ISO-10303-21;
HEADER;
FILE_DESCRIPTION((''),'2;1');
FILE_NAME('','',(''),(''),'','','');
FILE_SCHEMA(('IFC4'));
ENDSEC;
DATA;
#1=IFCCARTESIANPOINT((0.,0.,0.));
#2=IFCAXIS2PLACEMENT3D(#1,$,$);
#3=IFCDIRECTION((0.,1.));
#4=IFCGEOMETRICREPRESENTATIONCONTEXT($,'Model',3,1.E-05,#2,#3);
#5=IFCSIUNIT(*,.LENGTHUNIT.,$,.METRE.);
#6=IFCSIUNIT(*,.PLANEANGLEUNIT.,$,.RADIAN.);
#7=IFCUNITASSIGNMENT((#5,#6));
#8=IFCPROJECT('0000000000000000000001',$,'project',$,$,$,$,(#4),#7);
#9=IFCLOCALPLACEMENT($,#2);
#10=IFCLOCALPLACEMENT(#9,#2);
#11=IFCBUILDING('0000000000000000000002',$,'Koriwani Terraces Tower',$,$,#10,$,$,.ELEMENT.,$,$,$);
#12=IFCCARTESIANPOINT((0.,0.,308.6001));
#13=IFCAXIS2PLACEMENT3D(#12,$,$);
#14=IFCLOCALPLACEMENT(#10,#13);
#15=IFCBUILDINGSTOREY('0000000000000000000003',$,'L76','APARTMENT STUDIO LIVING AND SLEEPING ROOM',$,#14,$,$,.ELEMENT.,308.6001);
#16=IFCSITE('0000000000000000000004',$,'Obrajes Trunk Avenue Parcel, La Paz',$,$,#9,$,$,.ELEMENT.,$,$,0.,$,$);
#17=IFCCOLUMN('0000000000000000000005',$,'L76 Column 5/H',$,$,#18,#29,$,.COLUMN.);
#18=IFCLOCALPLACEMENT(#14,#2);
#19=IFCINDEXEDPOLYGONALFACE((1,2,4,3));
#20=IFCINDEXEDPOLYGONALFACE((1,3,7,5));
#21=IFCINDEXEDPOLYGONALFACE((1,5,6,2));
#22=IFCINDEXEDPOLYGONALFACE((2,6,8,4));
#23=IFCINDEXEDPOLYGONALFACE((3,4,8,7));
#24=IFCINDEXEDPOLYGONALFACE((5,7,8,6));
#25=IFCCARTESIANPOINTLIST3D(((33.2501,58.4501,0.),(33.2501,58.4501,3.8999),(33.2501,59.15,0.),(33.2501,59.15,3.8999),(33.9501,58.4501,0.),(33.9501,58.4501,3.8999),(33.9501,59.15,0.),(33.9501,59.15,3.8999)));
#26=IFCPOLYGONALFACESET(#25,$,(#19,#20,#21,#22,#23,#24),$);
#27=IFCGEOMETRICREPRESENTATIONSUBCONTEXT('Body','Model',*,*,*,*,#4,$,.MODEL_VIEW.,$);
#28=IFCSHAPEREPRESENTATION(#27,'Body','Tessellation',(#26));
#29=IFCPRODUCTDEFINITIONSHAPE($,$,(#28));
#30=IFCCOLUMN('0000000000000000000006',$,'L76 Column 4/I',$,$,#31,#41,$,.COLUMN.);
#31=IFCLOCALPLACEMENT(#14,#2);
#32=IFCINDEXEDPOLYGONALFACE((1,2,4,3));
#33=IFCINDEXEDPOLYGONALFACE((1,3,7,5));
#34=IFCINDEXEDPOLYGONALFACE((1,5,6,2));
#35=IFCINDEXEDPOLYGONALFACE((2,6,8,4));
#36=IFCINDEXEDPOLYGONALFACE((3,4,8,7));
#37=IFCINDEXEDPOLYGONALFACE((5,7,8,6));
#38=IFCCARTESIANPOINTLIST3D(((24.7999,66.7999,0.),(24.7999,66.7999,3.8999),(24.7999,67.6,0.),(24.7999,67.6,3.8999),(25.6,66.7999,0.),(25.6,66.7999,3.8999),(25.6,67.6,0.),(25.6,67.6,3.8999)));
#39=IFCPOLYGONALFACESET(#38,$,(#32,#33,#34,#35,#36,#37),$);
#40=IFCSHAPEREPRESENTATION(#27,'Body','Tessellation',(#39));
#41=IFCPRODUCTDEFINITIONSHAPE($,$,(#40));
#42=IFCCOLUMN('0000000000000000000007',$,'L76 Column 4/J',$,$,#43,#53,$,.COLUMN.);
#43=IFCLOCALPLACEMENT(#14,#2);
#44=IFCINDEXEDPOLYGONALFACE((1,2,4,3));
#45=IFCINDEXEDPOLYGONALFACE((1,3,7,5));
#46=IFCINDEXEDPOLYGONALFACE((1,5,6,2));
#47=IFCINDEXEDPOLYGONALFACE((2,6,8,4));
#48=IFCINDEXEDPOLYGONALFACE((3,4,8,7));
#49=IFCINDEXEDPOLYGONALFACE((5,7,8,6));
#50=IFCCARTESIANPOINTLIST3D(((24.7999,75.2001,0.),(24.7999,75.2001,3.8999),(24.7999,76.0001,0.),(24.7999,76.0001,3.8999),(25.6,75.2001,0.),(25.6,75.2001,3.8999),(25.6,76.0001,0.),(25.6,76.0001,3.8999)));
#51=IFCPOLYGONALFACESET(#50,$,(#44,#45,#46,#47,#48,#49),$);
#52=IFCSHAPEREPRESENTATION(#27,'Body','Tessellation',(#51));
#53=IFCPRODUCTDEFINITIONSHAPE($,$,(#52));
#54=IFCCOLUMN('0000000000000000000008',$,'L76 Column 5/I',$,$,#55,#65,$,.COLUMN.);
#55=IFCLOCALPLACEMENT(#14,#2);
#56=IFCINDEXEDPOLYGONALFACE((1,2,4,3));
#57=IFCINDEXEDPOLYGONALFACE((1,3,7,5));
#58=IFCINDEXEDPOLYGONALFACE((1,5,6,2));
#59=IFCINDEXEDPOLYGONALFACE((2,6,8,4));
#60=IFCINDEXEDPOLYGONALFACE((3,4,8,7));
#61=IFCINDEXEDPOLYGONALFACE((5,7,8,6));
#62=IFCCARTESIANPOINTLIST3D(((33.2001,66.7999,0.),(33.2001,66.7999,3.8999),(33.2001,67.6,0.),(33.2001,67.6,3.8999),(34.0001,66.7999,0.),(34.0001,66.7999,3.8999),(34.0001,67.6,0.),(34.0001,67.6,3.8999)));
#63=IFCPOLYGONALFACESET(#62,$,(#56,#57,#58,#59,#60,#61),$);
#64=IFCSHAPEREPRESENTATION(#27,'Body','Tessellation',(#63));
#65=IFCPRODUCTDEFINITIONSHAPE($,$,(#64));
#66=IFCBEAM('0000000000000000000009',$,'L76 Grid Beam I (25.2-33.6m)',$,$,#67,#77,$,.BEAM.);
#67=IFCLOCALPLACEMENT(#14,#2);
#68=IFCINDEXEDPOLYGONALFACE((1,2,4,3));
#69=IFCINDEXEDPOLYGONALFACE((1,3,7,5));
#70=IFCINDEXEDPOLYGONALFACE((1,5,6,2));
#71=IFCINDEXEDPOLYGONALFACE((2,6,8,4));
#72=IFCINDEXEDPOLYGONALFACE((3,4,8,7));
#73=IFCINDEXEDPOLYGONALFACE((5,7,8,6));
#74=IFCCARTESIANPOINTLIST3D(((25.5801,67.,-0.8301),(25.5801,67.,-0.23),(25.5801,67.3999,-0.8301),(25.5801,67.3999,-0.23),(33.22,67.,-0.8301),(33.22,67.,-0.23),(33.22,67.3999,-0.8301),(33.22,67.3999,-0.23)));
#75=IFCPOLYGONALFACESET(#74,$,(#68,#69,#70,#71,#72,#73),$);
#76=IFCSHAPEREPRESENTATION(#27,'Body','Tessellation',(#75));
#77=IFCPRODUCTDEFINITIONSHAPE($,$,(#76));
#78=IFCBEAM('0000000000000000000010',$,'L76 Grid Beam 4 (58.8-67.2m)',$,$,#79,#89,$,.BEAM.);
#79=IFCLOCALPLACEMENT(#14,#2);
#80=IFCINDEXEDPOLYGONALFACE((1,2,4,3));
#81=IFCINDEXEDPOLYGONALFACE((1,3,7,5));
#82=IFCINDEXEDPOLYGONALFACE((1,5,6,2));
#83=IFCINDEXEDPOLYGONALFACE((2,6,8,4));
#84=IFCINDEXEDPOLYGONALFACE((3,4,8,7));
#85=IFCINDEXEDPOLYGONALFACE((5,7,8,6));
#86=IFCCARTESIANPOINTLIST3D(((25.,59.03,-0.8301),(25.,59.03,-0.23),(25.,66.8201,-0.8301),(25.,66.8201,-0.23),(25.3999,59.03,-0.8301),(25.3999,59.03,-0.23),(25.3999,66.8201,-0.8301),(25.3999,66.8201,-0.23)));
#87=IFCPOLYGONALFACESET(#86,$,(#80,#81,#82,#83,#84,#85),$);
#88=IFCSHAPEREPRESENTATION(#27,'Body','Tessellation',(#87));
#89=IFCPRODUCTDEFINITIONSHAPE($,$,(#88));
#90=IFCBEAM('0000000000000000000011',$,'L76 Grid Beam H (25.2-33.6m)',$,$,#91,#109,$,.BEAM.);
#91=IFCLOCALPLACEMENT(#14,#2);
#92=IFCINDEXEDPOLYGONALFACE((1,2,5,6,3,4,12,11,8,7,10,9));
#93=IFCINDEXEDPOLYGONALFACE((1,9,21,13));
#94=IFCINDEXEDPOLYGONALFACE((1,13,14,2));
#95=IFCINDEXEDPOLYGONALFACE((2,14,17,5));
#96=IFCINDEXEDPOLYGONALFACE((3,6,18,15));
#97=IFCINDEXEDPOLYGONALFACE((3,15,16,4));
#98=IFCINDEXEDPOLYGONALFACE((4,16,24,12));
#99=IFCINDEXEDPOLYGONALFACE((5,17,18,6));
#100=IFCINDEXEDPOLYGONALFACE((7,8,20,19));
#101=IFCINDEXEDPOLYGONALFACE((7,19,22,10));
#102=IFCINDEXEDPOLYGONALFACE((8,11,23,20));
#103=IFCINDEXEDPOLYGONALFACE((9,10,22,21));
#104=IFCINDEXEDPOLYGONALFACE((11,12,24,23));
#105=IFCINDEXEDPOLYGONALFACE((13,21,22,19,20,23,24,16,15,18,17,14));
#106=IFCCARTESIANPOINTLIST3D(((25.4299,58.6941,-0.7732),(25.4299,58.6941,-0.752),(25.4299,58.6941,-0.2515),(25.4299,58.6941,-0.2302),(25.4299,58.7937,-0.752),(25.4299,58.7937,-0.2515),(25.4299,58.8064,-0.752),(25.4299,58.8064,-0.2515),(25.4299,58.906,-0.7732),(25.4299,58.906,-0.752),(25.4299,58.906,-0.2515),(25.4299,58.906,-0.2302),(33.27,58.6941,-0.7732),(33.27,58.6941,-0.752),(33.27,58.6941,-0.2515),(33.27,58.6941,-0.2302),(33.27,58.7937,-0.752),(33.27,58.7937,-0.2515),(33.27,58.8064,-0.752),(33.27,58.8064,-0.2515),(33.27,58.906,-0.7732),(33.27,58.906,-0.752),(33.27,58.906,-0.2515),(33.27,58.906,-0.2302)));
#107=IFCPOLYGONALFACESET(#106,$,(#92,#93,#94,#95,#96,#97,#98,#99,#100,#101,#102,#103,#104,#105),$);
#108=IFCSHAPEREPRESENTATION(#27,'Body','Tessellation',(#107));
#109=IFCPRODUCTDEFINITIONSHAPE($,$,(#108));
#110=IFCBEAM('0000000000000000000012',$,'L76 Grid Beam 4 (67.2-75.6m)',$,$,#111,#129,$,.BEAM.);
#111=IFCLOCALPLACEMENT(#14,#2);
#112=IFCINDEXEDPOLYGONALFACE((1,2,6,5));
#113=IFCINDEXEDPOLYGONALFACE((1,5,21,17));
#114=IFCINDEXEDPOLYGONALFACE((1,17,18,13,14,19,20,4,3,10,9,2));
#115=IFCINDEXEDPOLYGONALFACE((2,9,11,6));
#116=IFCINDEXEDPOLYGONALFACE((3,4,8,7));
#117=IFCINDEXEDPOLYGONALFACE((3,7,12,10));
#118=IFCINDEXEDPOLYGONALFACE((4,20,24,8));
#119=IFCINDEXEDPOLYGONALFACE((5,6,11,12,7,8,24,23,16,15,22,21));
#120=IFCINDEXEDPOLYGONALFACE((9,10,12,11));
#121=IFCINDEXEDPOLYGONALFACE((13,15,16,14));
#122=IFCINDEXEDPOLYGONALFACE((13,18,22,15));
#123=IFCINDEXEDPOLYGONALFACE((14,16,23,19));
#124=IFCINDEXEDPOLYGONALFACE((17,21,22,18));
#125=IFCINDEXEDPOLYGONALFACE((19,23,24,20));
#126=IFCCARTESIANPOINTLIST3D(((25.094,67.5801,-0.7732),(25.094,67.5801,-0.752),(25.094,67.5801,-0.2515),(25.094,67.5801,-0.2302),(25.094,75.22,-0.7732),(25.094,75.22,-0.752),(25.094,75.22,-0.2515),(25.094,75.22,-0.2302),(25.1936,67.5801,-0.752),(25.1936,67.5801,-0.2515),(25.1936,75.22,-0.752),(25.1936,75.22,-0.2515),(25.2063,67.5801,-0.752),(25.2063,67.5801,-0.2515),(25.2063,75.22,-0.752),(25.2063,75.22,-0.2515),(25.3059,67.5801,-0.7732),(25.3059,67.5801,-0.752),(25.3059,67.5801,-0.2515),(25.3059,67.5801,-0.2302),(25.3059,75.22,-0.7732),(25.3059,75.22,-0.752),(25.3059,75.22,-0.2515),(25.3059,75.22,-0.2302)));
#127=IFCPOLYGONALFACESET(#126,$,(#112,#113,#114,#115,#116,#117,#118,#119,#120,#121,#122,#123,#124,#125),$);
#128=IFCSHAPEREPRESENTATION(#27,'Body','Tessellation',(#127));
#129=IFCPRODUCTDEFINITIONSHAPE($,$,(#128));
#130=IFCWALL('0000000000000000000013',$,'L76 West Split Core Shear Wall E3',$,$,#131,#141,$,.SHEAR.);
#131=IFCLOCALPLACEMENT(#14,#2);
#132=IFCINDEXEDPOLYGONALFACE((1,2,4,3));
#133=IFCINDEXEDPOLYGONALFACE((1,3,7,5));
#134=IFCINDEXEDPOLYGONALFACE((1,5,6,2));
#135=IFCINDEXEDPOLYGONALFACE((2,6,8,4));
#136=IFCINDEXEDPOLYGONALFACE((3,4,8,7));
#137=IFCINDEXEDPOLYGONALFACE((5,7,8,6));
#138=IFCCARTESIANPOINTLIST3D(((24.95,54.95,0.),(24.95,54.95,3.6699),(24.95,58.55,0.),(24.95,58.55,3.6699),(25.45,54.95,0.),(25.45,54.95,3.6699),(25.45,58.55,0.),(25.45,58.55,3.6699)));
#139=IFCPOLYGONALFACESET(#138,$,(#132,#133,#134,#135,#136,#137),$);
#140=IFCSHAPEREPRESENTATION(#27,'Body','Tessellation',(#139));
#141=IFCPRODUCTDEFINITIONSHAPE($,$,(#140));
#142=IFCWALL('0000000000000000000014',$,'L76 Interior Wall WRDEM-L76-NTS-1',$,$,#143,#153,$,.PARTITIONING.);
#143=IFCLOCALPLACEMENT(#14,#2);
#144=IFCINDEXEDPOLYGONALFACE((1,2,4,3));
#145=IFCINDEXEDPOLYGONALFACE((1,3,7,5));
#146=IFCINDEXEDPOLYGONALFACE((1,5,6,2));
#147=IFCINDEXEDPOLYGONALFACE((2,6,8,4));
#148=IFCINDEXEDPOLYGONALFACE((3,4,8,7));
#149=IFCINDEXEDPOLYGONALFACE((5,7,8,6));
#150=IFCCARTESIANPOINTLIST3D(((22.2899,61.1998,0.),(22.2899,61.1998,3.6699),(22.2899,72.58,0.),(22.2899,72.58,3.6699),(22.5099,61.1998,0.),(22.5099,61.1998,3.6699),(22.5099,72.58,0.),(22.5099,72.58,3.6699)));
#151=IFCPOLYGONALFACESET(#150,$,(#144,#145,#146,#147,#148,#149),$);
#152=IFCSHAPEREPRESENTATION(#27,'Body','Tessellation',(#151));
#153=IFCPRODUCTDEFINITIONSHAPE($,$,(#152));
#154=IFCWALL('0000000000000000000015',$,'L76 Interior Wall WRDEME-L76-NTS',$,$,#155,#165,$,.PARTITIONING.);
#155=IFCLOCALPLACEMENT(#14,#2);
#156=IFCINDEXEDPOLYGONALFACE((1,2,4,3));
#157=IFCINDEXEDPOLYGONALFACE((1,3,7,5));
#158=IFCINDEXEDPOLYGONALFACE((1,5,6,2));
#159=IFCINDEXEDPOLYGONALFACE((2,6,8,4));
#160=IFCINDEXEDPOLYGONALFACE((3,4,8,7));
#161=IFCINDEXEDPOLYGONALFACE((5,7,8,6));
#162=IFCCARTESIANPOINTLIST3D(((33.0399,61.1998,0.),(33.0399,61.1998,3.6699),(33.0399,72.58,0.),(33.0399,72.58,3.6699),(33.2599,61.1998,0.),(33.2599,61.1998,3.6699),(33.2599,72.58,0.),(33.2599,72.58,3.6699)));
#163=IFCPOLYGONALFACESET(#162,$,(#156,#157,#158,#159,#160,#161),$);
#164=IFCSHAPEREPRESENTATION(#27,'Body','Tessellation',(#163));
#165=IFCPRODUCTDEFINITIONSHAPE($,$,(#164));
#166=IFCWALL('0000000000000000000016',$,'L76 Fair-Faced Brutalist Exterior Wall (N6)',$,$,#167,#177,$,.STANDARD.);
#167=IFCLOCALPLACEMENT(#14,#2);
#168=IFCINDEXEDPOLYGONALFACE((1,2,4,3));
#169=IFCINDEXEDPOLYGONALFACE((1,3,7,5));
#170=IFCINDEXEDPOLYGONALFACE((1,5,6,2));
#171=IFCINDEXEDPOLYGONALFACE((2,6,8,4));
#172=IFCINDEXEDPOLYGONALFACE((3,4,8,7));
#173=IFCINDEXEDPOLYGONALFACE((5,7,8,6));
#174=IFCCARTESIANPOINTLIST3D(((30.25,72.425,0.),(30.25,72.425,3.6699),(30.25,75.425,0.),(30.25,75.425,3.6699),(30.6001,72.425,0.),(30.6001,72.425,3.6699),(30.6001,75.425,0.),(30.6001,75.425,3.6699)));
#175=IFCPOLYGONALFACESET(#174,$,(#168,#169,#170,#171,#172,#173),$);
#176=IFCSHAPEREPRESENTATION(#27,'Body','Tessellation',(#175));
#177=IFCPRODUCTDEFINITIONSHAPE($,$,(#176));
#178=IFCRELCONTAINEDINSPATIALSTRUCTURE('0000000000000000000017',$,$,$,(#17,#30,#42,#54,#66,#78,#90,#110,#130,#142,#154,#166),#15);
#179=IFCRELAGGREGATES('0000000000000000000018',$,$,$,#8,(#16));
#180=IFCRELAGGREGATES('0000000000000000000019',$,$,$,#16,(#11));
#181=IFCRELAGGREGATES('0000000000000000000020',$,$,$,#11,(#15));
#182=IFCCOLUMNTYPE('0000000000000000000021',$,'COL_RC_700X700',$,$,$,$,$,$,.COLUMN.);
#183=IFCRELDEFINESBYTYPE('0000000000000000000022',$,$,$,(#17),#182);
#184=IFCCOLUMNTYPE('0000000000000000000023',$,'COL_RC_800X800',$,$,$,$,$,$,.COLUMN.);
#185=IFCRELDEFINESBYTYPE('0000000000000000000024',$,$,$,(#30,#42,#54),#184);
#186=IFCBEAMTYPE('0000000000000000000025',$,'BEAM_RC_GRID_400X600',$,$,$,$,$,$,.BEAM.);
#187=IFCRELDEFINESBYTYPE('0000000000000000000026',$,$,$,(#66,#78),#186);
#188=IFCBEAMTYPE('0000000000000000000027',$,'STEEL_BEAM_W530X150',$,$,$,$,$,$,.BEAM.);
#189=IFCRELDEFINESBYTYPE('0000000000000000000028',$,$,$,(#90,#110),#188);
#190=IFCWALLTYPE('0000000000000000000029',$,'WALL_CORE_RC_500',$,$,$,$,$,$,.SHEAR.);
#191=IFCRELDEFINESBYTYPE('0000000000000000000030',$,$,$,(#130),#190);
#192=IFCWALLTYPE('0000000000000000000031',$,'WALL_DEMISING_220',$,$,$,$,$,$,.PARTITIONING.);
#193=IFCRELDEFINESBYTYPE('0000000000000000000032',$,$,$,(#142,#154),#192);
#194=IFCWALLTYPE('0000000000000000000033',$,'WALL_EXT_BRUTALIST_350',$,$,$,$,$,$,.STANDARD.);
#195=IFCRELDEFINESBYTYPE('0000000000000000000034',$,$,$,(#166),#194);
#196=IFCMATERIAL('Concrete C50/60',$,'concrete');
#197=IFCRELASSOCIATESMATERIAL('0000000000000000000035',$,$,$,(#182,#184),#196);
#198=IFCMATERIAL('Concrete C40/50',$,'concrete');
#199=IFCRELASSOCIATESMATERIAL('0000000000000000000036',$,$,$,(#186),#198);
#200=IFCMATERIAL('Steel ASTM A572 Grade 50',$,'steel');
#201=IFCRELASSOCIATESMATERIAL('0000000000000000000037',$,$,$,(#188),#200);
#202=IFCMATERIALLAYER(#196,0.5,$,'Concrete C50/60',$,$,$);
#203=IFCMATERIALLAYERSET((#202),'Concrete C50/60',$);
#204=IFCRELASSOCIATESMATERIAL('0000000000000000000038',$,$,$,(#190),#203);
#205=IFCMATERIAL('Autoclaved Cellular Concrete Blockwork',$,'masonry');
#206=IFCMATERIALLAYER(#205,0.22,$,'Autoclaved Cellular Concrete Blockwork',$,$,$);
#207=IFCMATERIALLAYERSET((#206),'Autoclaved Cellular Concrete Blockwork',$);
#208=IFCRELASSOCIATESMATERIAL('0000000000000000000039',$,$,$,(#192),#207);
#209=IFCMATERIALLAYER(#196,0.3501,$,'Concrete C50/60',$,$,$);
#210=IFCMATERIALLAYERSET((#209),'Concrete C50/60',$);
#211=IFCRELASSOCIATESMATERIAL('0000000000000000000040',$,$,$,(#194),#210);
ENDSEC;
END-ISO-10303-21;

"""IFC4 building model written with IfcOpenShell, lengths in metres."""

from ifc_helpers import new_model, si_unit, direction, frame, frame_2d, origin, origin_2d, place, context, subcontext, project, spatial, rectangle, i_section, extrude, material, layer, layer_set, material_profile, profile_set, type_object, element, save


model = new_model("IFC4")

# Units and contexts
model_context = context("Model", 3, precision=1e-05, world=origin(), true_north=direction((0.0, 1.0)))
body_context = subcontext(model_context, "Body", "Model", "MODEL_VIEW")
ifc_project = project(units=[si_unit("LENGTHUNIT", "METRE"), si_unit("PLANEANGLEUNIT", "RADIAN")], contexts=[model_context])

# Site, building, storey
site_placement = place(None, origin())
site = spatial("IfcSite", under=ifc_project, at=site_placement, Name="Obrajes Trunk Avenue Parcel, La Paz", CompositionType="ELEMENT", RefElevation=0.0)
building_placement = place(site_placement, origin())
building = spatial("IfcBuilding", under=site, at=building_placement, Name="Koriwani Terraces Tower", CompositionType="ELEMENT")
storey_placement = place(building_placement, frame((0.0, 0.0, 308.6001)))
storey = spatial("IfcBuildingStorey", under=building, at=storey_placement, Name="L76", Description="APARTMENT STUDIO LIVING AND SLEEPING ROOM", CompositionType="ELEMENT", Elevation=308.6001)

# Columns
ifc_material_1 = material(Name="Concrete C50/60", Category="concrete")
ifc_material_profile_1 = material_profile(ifc_material_1, rectangle(XDim=0.7, YDim=0.7, at=origin_2d()), Name="Concrete C50/60", Category="LoadBearing")
ifc_profile_set_1 = profile_set([ifc_material_profile_1], Name="Concrete C50/60")
column_type_1 = type_object("IfcColumnType", Name="COL_RC_700X700", PredefinedType="COLUMN", material=ifc_profile_set_1)
column_placement = place(storey_placement, frame((33.6001, 58.8, 0.0), z_axis=(0.0, 0.0, 1.0), x_axis=(1.0, 0.0, 0.0)))
element("IfcColumn", 1, at=column_placement, inside=storey, type_object=column_type_1, Name="L76 Column 5/H", PredefinedType="COLUMN", context=body_context, shape_type="SweptSolid", body=[
    extrude(rectangle(XDim=0.7, YDim=0.7, at=origin_2d()), origin(), (0.0, 0.0, 1.0), 3.8999),
])
ifc_material_profile_2 = material_profile(ifc_material_1, rectangle(XDim=0.8, YDim=0.8, at=origin_2d()), Name="Concrete C50/60", Category="LoadBearing")
ifc_profile_set_2 = profile_set([ifc_material_profile_2], Name="Concrete C50/60")
column_type_2 = type_object("IfcColumnType", Name="COL_RC_800X800", PredefinedType="COLUMN", material=ifc_profile_set_2)
for number, where, z_axis, x_axis, name in (
    (2, (25.2, 67.2, 0.0), (0.0, 0.0, 1.0), (1.0, 0.0, 0.0), "L76 Column 4/I"),
    (3, (25.2, 75.6001, 0.0), (0.0, 0.0, 1.0), (1.0, 0.0, 0.0), "L76 Column 4/J"),
    (4, (33.6001, 67.2, 0.0), (0.0, 0.0, 1.0), (1.0, 0.0, 0.0), "L76 Column 5/I"),
):
    element("IfcColumn", number, at=place(storey_placement, frame(where, z_axis=z_axis, x_axis=x_axis)), inside=storey, type_object=column_type_2, Name=name, PredefinedType="COLUMN", context=body_context, shape_type="SweptSolid", body=[
        extrude(rectangle(XDim=0.8, YDim=0.8, at=origin_2d()), origin(), (0.0, 0.0, 1.0), 3.8999),
    ])

# Beams
ifc_material_2 = material(Name="Concrete C40/50", Category="concrete")
ifc_material_profile_3 = material_profile(ifc_material_2, rectangle(XDim=0.3999, YDim=0.6001, at=origin_2d()), Name="Concrete C40/50", Category="LoadBearing")
ifc_profile_set_3 = profile_set([ifc_material_profile_3], Name="Concrete C40/50")
beam_type_1 = type_object("IfcBeamType", Name="BEAM_RC_GRID_400X600", PredefinedType="BEAM", material=ifc_profile_set_3)
beam_1_placement = place(storey_placement, frame((25.5801, 67.2, -0.53), z_axis=(1.0, 0.0, 0.0), x_axis=(0.0, 1.0, 0.0)))
element("IfcBeam", 5, at=beam_1_placement, inside=storey, type_object=beam_type_1, Name="L76 Grid Beam I (25.2-33.6m)", PredefinedType="BEAM", context=body_context, shape_type="SweptSolid", body=[
    extrude(rectangle(XDim=0.3999, YDim=0.6001, at=origin_2d()), origin(), (0.0, 0.0, 1.0), 7.6399),
])
beam_2_placement = place(storey_placement, frame((25.2, 59.03, -0.53), z_axis=(0.0, 1.0, 0.0), x_axis=(-1.0, 0.0, 0.0)))
element("IfcBeam", 6, at=beam_2_placement, inside=storey, type_object=beam_type_1, Name="L76 Grid Beam 4 (58.8-67.2m)", PredefinedType="BEAM", context=body_context, shape_type="SweptSolid", body=[
    extrude(rectangle(XDim=0.3999, YDim=0.6001, at=origin_2d()), origin(), (0.0, 0.0, 1.0), 7.79),
])
ifc_material_3 = material(Name="Steel ASTM A572 Grade 50", Category="steel")
ifc_material_profile_4 = material_profile(ifc_material_3, i_section(OverallWidth=0.2119, OverallDepth=0.543, WebThickness=0.0127, FlangeThickness=0.0212, at=origin_2d()), Name="Steel ASTM A572 Grade 50", Category="LoadBearing")
ifc_profile_set_4 = profile_set([ifc_material_profile_4], Name="Steel ASTM A572 Grade 50")
beam_type_2 = type_object("IfcBeamType", Name="STEEL_BEAM_W530X150", PredefinedType="BEAM", material=ifc_profile_set_4)
beam_3_placement = place(storey_placement, frame((25.4299, 58.8, -0.5017), z_axis=(1.0, 0.0, 0.0), x_axis=(0.0, 1.0, 0.0)))
element("IfcBeam", 7, at=beam_3_placement, inside=storey, type_object=beam_type_2, Name="L76 Grid Beam H (25.2-33.6m)", PredefinedType="BEAM", context=body_context, shape_type="SweptSolid", body=[
    extrude(i_section(OverallWidth=0.2119, OverallDepth=0.543, WebThickness=0.0127, FlangeThickness=0.0212, at=origin_2d()), origin(), (0.0, 0.0, 1.0), 7.8401),
])
beam_4_placement = place(storey_placement, frame((25.2, 67.5801, -0.5017), z_axis=(0.0, 1.0, 0.0), x_axis=(-1.0, 0.0, 0.0)))
element("IfcBeam", 8, at=beam_4_placement, inside=storey, type_object=beam_type_2, Name="L76 Grid Beam 4 (67.2-75.6m)", PredefinedType="BEAM", context=body_context, shape_type="SweptSolid", body=[
    extrude(i_section(OverallWidth=0.2119, OverallDepth=0.543, WebThickness=0.0127, FlangeThickness=0.0212, at=origin_2d()), origin(), (0.0, 0.0, 1.0), 7.6399),
])

# Walls
ifc_layer_1 = layer(ifc_material_1, 0.5, Name="Concrete C50/60")
ifc_layer_set_1 = layer_set([ifc_layer_1], Name="Concrete C50/60")
wall_type_1 = type_object("IfcWallType", Name="WALL_CORE_RC_500", PredefinedType="SHEAR", material=ifc_layer_set_1)
wall_1_placement = place(storey_placement, frame((25.2, 54.95, 0.0), z_axis=(0.0, 0.0, 1.0), x_axis=(0.0, 1.0, 0.0)))
element("IfcWall", 9, at=wall_1_placement, inside=storey, type_object=wall_type_1, Name="L76 West Split Core Shear Wall E3", PredefinedType="SHEAR", context=body_context, shape_type="SweptSolid", body=[
    extrude(rectangle(XDim=3.6001, YDim=0.5, at=frame_2d((1.8, 0.0))), origin(), (0.0, 0.0, 1.0), 3.6699),
])
ifc_material_4 = material(Name="Autoclaved Cellular Concrete Blockwork", Category="masonry")
ifc_layer_2 = layer(ifc_material_4, 0.22, Name="Autoclaved Cellular Concrete Blockwork")
ifc_layer_set_2 = layer_set([ifc_layer_2], Name="Autoclaved Cellular Concrete Blockwork")
wall_type_2 = type_object("IfcWallType", Name="WALL_DEMISING_220", PredefinedType="PARTITIONING", material=ifc_layer_set_2)
for number, where, z_axis, x_axis, name in (
    (10, (22.3999, 61.2, 0.0), (0.0, 0.0, 1.0), (0.0, 1.0, 0.0), "L76 Interior Wall WRDEM-L76-NTS-1"),
    (11, (33.1499, 61.2, 0.0), (0.0, 0.0, 1.0), (0.0, 1.0, 0.0), "L76 Interior Wall WRDEME-L76-NTS"),
):
    element("IfcWall", number, at=place(storey_placement, frame(where, z_axis=z_axis, x_axis=x_axis)), inside=storey, type_object=wall_type_2, Name=name, PredefinedType="PARTITIONING", context=body_context, shape_type="SweptSolid", body=[
        extrude(rectangle(XDim=11.3801, YDim=0.22, at=frame_2d((5.6899, 0.0))), origin(), (0.0, 0.0, 1.0), 3.6699),
    ])
ifc_layer_3 = layer(ifc_material_1, 0.3501, Name="Concrete C50/60")
ifc_layer_set_3 = layer_set([ifc_layer_3], Name="Concrete C50/60")
wall_type_3 = type_object("IfcWallType", Name="WALL_EXT_BRUTALIST_350", PredefinedType="STANDARD", material=ifc_layer_set_3)
wall_2_placement = place(storey_placement, frame((30.425, 75.425, 0.0), z_axis=(0.0, 0.0, 1.0), x_axis=(0.0, -1.0, 0.0)))
element("IfcWall", 12, at=wall_2_placement, inside=storey, type_object=wall_type_3, Name="L76 Fair-Faced Brutalist Exterior Wall (N6)", PredefinedType="STANDARD", context=body_context, shape_type="SweptSolid", body=[
    extrude(rectangle(XDim=3.0, YDim=0.3501, at=frame_2d((1.5, 0.0))), origin(), (0.0, 0.0, 1.0), 3.6699),
])

save(model, "model.ifc")
